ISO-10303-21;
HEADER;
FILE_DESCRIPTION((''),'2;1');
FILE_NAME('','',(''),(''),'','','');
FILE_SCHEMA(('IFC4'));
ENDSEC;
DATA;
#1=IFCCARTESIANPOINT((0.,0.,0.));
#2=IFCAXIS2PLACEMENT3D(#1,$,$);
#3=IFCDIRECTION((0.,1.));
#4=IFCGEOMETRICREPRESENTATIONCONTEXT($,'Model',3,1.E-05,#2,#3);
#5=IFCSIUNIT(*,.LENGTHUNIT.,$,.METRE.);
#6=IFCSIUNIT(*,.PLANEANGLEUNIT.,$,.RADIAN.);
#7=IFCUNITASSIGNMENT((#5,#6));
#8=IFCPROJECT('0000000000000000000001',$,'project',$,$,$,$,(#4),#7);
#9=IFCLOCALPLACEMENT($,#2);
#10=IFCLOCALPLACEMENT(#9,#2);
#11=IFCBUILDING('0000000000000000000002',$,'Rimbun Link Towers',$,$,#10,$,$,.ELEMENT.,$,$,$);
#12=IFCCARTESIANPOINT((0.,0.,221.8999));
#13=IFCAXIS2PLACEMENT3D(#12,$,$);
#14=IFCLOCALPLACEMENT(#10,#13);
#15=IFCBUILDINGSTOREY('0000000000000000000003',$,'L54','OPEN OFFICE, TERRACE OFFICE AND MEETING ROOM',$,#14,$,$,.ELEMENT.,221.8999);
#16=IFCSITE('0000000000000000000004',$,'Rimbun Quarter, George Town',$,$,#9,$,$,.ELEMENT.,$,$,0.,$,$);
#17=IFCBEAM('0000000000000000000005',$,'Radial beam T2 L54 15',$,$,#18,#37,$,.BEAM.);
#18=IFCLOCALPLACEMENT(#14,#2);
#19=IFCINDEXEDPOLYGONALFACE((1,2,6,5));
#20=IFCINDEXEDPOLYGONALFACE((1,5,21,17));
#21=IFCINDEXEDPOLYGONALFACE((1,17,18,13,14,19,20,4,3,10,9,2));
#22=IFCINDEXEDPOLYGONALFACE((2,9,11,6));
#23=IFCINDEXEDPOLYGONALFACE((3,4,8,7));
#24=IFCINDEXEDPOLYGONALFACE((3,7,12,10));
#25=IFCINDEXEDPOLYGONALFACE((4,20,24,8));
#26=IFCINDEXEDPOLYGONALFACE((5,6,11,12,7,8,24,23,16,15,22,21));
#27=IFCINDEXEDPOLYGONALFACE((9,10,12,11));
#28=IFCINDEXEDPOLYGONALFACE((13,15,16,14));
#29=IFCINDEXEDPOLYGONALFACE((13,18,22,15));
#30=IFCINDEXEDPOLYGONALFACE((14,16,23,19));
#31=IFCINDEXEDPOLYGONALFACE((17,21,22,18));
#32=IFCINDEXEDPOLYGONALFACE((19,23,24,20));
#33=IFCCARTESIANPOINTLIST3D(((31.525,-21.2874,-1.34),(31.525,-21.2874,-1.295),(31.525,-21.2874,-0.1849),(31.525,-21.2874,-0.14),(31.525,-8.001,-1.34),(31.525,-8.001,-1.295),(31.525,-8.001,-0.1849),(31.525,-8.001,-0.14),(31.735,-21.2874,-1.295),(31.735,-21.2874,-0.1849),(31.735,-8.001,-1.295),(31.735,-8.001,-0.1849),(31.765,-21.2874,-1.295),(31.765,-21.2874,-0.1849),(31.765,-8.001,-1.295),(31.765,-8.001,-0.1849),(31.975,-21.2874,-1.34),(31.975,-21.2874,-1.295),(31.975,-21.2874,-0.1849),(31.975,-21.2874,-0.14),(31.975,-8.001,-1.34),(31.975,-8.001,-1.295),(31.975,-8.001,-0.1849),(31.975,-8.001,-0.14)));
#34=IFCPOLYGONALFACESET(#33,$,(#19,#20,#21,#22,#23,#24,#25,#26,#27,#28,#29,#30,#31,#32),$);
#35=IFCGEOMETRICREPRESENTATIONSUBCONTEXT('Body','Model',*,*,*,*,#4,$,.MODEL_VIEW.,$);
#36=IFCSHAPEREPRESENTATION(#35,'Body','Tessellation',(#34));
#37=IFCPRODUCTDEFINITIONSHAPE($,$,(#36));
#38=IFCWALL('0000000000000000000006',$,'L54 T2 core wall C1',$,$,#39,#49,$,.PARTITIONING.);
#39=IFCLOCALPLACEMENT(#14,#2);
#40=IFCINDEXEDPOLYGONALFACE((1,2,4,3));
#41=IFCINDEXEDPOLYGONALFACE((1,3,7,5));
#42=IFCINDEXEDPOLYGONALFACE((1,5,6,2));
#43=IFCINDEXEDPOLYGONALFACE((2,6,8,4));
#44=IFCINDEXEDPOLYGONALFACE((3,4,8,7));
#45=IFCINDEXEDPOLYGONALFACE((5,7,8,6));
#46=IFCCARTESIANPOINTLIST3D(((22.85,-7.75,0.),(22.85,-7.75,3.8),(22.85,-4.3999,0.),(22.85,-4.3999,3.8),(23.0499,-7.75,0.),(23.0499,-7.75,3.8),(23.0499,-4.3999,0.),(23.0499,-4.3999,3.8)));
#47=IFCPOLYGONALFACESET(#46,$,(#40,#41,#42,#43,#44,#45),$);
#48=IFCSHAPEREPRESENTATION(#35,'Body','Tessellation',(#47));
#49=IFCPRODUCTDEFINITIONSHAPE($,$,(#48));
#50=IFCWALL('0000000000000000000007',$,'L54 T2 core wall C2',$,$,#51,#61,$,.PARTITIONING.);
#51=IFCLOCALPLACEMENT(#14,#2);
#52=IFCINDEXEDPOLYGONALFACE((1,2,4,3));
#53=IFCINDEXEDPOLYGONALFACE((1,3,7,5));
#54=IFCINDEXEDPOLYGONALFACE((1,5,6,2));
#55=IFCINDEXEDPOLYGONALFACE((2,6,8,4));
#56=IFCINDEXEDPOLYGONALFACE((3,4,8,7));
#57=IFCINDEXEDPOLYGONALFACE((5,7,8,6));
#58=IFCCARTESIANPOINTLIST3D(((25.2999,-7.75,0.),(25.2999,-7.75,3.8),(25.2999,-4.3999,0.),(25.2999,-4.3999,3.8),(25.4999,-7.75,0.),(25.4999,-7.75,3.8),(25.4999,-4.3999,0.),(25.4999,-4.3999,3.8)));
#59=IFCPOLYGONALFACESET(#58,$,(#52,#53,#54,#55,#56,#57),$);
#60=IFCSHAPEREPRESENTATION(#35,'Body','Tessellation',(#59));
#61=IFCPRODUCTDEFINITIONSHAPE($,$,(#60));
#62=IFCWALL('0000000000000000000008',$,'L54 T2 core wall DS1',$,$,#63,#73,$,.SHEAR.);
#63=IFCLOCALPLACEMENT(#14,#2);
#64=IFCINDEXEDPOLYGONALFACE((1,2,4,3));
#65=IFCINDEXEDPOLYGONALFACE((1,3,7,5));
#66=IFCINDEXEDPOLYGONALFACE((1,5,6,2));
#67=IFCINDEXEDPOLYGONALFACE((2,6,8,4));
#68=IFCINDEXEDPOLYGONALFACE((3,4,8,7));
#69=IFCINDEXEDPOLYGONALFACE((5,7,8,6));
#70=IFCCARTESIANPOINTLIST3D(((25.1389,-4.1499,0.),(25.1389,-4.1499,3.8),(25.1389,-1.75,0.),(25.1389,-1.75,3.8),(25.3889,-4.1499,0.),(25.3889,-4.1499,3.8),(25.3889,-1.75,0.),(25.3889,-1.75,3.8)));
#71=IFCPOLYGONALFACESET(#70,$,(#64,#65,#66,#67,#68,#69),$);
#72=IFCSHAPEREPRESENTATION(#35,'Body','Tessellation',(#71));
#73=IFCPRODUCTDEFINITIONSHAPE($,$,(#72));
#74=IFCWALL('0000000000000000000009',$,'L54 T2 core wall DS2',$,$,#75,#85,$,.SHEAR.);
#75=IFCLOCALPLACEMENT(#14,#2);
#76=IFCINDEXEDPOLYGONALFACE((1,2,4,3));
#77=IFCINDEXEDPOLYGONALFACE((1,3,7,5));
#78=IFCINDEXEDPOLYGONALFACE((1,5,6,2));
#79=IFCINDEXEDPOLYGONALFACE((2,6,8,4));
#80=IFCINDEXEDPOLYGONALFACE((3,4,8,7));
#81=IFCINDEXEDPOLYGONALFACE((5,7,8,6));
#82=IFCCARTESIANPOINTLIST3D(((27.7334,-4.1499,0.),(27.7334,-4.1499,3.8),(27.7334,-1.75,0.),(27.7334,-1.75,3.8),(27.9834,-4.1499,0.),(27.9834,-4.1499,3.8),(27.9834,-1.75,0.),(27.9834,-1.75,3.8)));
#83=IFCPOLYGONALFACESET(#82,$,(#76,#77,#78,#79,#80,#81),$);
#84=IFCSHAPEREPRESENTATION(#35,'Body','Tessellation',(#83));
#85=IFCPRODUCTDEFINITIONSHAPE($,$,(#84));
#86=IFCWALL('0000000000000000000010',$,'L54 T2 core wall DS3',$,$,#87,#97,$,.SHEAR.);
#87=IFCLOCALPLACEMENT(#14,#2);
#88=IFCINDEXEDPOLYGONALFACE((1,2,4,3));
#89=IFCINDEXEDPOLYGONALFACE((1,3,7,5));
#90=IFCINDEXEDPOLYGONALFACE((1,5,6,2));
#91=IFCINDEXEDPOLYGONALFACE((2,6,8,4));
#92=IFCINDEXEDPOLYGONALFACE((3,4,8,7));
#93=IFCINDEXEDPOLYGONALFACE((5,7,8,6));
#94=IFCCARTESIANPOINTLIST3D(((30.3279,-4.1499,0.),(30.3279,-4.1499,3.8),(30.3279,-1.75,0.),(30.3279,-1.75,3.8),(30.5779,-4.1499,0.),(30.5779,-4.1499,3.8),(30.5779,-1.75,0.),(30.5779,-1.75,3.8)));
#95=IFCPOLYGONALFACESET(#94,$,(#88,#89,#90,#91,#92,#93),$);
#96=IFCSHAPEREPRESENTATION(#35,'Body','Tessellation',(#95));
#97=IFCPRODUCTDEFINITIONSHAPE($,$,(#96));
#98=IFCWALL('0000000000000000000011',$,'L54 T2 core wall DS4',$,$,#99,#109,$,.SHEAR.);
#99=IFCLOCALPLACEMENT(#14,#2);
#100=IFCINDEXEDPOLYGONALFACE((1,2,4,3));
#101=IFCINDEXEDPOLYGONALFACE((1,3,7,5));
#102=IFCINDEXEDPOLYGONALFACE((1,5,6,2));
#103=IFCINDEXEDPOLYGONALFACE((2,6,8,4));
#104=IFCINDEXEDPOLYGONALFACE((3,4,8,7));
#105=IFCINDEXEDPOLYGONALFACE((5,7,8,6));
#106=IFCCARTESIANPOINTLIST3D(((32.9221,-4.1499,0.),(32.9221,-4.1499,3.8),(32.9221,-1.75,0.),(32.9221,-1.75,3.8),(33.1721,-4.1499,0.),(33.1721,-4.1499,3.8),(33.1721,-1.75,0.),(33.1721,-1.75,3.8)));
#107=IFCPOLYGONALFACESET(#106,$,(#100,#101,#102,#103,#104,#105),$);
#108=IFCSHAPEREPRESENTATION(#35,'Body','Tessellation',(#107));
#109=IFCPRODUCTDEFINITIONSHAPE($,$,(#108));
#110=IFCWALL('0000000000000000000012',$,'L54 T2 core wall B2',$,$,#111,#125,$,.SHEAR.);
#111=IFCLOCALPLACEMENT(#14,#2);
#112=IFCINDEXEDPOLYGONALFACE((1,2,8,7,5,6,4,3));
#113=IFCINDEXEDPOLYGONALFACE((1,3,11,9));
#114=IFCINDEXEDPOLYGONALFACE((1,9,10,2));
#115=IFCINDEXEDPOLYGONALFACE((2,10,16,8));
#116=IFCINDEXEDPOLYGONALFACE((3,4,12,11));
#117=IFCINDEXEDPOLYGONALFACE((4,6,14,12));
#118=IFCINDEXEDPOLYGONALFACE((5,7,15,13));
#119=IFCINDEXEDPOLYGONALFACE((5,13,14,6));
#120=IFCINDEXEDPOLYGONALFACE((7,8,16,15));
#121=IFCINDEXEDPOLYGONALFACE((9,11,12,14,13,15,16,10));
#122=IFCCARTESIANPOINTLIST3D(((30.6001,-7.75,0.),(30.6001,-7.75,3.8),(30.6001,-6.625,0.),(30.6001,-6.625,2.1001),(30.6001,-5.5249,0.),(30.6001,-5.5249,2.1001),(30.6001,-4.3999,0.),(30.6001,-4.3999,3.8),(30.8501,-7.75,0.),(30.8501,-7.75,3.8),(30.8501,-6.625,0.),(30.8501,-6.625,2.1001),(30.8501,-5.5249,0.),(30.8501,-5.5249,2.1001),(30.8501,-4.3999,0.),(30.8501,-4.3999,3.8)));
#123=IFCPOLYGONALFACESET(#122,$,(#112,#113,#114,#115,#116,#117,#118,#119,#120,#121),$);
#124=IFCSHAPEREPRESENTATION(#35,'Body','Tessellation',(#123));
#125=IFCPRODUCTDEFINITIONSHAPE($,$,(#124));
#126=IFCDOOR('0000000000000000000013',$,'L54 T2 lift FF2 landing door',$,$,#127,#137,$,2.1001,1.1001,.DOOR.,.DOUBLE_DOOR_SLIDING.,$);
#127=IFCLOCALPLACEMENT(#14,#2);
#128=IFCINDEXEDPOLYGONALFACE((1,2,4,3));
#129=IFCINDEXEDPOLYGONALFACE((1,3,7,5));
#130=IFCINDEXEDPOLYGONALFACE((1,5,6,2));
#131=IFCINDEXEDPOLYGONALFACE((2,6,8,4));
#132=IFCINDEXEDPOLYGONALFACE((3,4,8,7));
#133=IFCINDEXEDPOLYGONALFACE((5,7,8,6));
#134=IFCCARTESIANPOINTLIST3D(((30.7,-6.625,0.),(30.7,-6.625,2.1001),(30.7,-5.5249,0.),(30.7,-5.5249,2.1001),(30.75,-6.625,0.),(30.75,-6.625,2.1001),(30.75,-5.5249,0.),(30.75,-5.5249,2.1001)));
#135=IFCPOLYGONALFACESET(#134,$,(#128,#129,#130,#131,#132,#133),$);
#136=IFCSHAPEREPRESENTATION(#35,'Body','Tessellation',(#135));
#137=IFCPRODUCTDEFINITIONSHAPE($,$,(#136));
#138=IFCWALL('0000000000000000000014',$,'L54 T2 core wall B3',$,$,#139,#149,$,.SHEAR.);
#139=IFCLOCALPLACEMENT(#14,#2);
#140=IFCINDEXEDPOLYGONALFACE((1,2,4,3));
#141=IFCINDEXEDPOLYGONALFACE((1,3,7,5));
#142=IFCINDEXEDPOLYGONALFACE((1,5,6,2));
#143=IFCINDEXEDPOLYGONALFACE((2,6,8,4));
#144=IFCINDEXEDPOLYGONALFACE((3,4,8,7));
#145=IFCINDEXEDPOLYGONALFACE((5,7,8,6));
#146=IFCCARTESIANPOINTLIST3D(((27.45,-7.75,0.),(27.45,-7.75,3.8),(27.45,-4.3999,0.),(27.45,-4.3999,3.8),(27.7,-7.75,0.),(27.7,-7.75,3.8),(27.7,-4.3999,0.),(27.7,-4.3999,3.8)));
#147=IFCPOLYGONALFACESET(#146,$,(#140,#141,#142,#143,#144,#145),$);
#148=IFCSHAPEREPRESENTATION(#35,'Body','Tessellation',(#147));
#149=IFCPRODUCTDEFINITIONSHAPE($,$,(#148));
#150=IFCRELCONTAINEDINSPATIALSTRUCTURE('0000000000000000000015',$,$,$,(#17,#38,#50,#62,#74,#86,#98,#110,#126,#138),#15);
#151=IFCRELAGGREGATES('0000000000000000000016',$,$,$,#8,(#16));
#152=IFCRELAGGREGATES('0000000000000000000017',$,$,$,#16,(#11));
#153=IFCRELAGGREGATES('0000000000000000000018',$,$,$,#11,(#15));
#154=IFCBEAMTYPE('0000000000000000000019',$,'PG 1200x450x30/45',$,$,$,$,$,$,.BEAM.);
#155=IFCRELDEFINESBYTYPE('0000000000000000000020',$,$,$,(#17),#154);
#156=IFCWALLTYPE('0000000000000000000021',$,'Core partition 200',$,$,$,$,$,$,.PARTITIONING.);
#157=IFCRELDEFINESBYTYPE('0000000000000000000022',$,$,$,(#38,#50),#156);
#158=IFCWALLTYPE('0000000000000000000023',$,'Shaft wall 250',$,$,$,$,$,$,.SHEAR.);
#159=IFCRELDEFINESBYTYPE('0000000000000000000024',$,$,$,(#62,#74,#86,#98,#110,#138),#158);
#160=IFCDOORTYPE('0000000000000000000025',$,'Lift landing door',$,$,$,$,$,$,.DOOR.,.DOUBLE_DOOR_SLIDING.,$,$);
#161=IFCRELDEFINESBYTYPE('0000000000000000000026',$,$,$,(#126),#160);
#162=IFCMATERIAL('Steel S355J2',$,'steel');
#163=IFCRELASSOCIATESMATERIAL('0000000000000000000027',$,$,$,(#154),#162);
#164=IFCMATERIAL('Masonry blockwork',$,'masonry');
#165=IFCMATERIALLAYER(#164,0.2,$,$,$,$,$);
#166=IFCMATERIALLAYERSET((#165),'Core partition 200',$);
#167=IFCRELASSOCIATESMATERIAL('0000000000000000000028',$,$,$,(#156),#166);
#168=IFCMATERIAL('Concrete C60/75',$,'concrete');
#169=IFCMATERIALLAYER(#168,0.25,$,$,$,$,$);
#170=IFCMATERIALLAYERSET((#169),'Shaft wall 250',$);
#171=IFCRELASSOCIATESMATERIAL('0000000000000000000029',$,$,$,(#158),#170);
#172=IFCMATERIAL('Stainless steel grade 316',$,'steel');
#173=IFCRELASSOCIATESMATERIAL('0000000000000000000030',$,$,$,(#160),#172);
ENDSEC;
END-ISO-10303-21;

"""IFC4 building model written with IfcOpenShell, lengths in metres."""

from ifc_helpers import new_model, si_unit, direction, frame, frame_2d, origin, origin_2d, place, context, subcontext, project, spatial, rectangle, i_section, extrude, material, layer, layer_set, material_profile, profile_set, type_object, element, fill, save


model = new_model("IFC4")

# Units and contexts
model_context = context("Model", 3, precision=1e-05, world=origin(), true_north=direction((0.0, 1.0)))
body_context = subcontext(model_context, "Body", "Model", "MODEL_VIEW")
ifc_project = project(units=[si_unit("LENGTHUNIT", "METRE"), si_unit("PLANEANGLEUNIT", "RADIAN")], contexts=[model_context])

# Site, building, storey
site_placement = place(None, origin())
site = spatial("IfcSite", under=ifc_project, at=site_placement, Name="Rimbun Quarter, George Town", CompositionType="ELEMENT", RefElevation=0.0)
building_placement = place(site_placement, origin())
building = spatial("IfcBuilding", under=site, at=building_placement, Name="Rimbun Link Towers", CompositionType="ELEMENT")
storey_placement = place(building_placement, frame((0.0, 0.0, 221.8999)))
storey = spatial("IfcBuildingStorey", under=building, at=storey_placement, Name="L54", Description="OPEN OFFICE, TERRACE OFFICE AND MEETING ROOM", CompositionType="ELEMENT", Elevation=221.8999)

# Beam
ifc_material_1 = material(Name="Steel S355J2", Category="steel")
ifc_material_profile = material_profile(ifc_material_1, i_section(OverallWidth=0.45, OverallDepth=1.2, WebThickness=0.03, FlangeThickness=0.0449, at=origin_2d()), Name="PG 1200x450x30/45")
ifc_profile_set = profile_set([ifc_material_profile], Name="Steel S355J2")
beam_type = type_object("IfcBeamType", Name="PG 1200x450x30/45", PredefinedType="BEAM", material=ifc_profile_set)
beam_placement = place(storey_placement, frame((31.75, -8.001, -0.74), z_axis=(0.0, -1.0, 0.0), x_axis=(1.0, 0.0, 0.0)))
element("IfcBeam", 1, at=beam_placement, inside=storey, type_object=beam_type, Name="Radial beam T2 L54 15", PredefinedType="BEAM", context=body_context, shape_type="SweptSolid", body=[
    extrude(i_section(OverallWidth=0.45, OverallDepth=1.2, WebThickness=0.03, FlangeThickness=0.0449, at=origin_2d()), origin(), (0.0, 0.0, 1.0), 13.2864),
])

# Walls
ifc_material_2 = material(Name="Masonry blockwork", Category="masonry")
ifc_layer_1 = layer(ifc_material_2, 0.2)
ifc_layer_set_1 = layer_set([ifc_layer_1], Name="Core partition 200")
wall_type_1 = type_object("IfcWallType", Name="Core partition 200", PredefinedType="PARTITIONING", material=ifc_layer_set_1)
for number, where, z_axis, x_axis, name in (
    (2, (22.95, -4.3999, 0.0), (0.0, 0.0, 1.0), (0.0, -1.0, 0.0), "L54 T2 core wall C1"),
    (3, (25.3999, -4.3999, 0.0), (0.0, 0.0, 1.0), (0.0, -1.0, 0.0), "L54 T2 core wall C2"),
):
    element("IfcWall", number, at=place(storey_placement, frame(where, z_axis=z_axis, x_axis=x_axis)), inside=storey, type_object=wall_type_1, Name=name, PredefinedType="PARTITIONING", context=body_context, shape_type="SweptSolid", body=[
        extrude(rectangle(XDim=3.3501, YDim=0.2, at=frame_2d((1.675, 0.0))), origin(), (0.0, 0.0, 1.0), 3.8),
    ])
ifc_material_3 = material(Name="Concrete C60/75", Category="concrete")
ifc_layer_2 = layer(ifc_material_3, 0.25)
ifc_layer_set_2 = layer_set([ifc_layer_2], Name="Shaft wall 250")
wall_type_2 = type_object("IfcWallType", Name="Shaft wall 250", PredefinedType="SHEAR", material=ifc_layer_set_2)
for number, where, z_axis, x_axis, name in (
    (4, (25.2639, -4.1499, 0.0), (0.0, 0.0, 1.0), (0.0, 1.0, 0.0), "L54 T2 core wall DS1"),
    (5, (27.8584, -4.1499, 0.0), (0.0, 0.0, 1.0), (0.0, 1.0, 0.0), "L54 T2 core wall DS2"),
    (6, (30.4529, -4.1499, 0.0), (0.0, 0.0, 1.0), (0.0, 1.0, 0.0), "L54 T2 core wall DS3"),
    (7, (33.0471, -4.1499, 0.0), (0.0, 0.0, 1.0), (0.0, 1.0, 0.0), "L54 T2 core wall DS4"),
):
    element("IfcWall", number, at=place(storey_placement, frame(where, z_axis=z_axis, x_axis=x_axis)), inside=storey, type_object=wall_type_2, Name=name, PredefinedType="SHEAR", context=body_context, shape_type="SweptSolid", body=[
        extrude(rectangle(XDim=2.3999, YDim=0.25, at=frame_2d((1.2, 0.0))), origin(), (0.0, 0.0, 1.0), 3.8),
    ])

# Wall, opening, door
wall_1_placement = place(storey_placement, frame((30.7251, -4.3999, 0.0), z_axis=(0.0, 0.0, 1.0), x_axis=(0.0, -1.0, 0.0)))
wall_1 = element("IfcWall", 8, at=wall_1_placement, inside=storey, type_object=wall_type_2, Name="L54 T2 core wall B2", PredefinedType="SHEAR", context=body_context, shape_type="SweptSolid", body=[
    extrude(rectangle(XDim=3.3501, YDim=0.25, at=frame_2d((1.675, 0.0))), origin(), (0.0, 0.0, 1.0), 3.8),
])
opening_placement = place(wall_1_placement, frame((1.125, 0.0, 0.0)))
opening = element("IfcOpeningElement", 9, at=opening_placement, cuts=wall_1, PredefinedType="OPENING", context=body_context, shape_type="SweptSolid", body=[
    extrude(rectangle(XDim=1.1001, YDim=2.1001, at=frame_2d((0.55, 1.05))), frame((0.0, 0.135, 0.0), z_axis=(0.0, -1.0, 0.0), x_axis=(1.0, 0.0, 0.0)), (0.0, 0.0, 1.0), 0.27),
])
ifc_material_4 = material(Name="Stainless steel grade 316", Category="steel")
door_type = type_object("IfcDoorType", Name="Lift landing door", OperationType="DOUBLE_DOOR_SLIDING", PredefinedType="DOOR", material=ifc_material_4)
door_placement = place(opening_placement, origin())
door = element("IfcDoor", 10, at=door_placement, inside=storey, type_object=door_type, Name="L54 T2 lift FF2 landing door", OperationType="DOUBLE_DOOR_SLIDING", OverallHeight=2.1001, OverallWidth=1.1001, PredefinedType="DOOR", context=body_context, shape_type="SweptSolid", body=[
    extrude(rectangle(XDim=1.1001, YDim=2.1001, at=frame_2d((0.55, 1.05))), frame((0.0, 0.0249, 0.0), z_axis=(0.0, -1.0, 0.0), x_axis=(1.0, 0.0, 0.0)), (0.0, 0.0, 1.0), 0.05),
])
fill(opening, door)

# Wall
wall_2_placement = place(storey_placement, frame((27.575, -4.3999, 0.0), z_axis=(0.0, 0.0, 1.0), x_axis=(0.0, -1.0, 0.0)))
element("IfcWall", 11, at=wall_2_placement, inside=storey, type_object=wall_type_2, Name="L54 T2 core wall B3", PredefinedType="SHEAR", context=body_context, shape_type="SweptSolid", body=[
    extrude(rectangle(XDim=3.3501, YDim=0.25, at=frame_2d((1.675, 0.0))), origin(), (0.0, 0.0, 1.0), 3.8),
])

save(model, "model.ifc")
